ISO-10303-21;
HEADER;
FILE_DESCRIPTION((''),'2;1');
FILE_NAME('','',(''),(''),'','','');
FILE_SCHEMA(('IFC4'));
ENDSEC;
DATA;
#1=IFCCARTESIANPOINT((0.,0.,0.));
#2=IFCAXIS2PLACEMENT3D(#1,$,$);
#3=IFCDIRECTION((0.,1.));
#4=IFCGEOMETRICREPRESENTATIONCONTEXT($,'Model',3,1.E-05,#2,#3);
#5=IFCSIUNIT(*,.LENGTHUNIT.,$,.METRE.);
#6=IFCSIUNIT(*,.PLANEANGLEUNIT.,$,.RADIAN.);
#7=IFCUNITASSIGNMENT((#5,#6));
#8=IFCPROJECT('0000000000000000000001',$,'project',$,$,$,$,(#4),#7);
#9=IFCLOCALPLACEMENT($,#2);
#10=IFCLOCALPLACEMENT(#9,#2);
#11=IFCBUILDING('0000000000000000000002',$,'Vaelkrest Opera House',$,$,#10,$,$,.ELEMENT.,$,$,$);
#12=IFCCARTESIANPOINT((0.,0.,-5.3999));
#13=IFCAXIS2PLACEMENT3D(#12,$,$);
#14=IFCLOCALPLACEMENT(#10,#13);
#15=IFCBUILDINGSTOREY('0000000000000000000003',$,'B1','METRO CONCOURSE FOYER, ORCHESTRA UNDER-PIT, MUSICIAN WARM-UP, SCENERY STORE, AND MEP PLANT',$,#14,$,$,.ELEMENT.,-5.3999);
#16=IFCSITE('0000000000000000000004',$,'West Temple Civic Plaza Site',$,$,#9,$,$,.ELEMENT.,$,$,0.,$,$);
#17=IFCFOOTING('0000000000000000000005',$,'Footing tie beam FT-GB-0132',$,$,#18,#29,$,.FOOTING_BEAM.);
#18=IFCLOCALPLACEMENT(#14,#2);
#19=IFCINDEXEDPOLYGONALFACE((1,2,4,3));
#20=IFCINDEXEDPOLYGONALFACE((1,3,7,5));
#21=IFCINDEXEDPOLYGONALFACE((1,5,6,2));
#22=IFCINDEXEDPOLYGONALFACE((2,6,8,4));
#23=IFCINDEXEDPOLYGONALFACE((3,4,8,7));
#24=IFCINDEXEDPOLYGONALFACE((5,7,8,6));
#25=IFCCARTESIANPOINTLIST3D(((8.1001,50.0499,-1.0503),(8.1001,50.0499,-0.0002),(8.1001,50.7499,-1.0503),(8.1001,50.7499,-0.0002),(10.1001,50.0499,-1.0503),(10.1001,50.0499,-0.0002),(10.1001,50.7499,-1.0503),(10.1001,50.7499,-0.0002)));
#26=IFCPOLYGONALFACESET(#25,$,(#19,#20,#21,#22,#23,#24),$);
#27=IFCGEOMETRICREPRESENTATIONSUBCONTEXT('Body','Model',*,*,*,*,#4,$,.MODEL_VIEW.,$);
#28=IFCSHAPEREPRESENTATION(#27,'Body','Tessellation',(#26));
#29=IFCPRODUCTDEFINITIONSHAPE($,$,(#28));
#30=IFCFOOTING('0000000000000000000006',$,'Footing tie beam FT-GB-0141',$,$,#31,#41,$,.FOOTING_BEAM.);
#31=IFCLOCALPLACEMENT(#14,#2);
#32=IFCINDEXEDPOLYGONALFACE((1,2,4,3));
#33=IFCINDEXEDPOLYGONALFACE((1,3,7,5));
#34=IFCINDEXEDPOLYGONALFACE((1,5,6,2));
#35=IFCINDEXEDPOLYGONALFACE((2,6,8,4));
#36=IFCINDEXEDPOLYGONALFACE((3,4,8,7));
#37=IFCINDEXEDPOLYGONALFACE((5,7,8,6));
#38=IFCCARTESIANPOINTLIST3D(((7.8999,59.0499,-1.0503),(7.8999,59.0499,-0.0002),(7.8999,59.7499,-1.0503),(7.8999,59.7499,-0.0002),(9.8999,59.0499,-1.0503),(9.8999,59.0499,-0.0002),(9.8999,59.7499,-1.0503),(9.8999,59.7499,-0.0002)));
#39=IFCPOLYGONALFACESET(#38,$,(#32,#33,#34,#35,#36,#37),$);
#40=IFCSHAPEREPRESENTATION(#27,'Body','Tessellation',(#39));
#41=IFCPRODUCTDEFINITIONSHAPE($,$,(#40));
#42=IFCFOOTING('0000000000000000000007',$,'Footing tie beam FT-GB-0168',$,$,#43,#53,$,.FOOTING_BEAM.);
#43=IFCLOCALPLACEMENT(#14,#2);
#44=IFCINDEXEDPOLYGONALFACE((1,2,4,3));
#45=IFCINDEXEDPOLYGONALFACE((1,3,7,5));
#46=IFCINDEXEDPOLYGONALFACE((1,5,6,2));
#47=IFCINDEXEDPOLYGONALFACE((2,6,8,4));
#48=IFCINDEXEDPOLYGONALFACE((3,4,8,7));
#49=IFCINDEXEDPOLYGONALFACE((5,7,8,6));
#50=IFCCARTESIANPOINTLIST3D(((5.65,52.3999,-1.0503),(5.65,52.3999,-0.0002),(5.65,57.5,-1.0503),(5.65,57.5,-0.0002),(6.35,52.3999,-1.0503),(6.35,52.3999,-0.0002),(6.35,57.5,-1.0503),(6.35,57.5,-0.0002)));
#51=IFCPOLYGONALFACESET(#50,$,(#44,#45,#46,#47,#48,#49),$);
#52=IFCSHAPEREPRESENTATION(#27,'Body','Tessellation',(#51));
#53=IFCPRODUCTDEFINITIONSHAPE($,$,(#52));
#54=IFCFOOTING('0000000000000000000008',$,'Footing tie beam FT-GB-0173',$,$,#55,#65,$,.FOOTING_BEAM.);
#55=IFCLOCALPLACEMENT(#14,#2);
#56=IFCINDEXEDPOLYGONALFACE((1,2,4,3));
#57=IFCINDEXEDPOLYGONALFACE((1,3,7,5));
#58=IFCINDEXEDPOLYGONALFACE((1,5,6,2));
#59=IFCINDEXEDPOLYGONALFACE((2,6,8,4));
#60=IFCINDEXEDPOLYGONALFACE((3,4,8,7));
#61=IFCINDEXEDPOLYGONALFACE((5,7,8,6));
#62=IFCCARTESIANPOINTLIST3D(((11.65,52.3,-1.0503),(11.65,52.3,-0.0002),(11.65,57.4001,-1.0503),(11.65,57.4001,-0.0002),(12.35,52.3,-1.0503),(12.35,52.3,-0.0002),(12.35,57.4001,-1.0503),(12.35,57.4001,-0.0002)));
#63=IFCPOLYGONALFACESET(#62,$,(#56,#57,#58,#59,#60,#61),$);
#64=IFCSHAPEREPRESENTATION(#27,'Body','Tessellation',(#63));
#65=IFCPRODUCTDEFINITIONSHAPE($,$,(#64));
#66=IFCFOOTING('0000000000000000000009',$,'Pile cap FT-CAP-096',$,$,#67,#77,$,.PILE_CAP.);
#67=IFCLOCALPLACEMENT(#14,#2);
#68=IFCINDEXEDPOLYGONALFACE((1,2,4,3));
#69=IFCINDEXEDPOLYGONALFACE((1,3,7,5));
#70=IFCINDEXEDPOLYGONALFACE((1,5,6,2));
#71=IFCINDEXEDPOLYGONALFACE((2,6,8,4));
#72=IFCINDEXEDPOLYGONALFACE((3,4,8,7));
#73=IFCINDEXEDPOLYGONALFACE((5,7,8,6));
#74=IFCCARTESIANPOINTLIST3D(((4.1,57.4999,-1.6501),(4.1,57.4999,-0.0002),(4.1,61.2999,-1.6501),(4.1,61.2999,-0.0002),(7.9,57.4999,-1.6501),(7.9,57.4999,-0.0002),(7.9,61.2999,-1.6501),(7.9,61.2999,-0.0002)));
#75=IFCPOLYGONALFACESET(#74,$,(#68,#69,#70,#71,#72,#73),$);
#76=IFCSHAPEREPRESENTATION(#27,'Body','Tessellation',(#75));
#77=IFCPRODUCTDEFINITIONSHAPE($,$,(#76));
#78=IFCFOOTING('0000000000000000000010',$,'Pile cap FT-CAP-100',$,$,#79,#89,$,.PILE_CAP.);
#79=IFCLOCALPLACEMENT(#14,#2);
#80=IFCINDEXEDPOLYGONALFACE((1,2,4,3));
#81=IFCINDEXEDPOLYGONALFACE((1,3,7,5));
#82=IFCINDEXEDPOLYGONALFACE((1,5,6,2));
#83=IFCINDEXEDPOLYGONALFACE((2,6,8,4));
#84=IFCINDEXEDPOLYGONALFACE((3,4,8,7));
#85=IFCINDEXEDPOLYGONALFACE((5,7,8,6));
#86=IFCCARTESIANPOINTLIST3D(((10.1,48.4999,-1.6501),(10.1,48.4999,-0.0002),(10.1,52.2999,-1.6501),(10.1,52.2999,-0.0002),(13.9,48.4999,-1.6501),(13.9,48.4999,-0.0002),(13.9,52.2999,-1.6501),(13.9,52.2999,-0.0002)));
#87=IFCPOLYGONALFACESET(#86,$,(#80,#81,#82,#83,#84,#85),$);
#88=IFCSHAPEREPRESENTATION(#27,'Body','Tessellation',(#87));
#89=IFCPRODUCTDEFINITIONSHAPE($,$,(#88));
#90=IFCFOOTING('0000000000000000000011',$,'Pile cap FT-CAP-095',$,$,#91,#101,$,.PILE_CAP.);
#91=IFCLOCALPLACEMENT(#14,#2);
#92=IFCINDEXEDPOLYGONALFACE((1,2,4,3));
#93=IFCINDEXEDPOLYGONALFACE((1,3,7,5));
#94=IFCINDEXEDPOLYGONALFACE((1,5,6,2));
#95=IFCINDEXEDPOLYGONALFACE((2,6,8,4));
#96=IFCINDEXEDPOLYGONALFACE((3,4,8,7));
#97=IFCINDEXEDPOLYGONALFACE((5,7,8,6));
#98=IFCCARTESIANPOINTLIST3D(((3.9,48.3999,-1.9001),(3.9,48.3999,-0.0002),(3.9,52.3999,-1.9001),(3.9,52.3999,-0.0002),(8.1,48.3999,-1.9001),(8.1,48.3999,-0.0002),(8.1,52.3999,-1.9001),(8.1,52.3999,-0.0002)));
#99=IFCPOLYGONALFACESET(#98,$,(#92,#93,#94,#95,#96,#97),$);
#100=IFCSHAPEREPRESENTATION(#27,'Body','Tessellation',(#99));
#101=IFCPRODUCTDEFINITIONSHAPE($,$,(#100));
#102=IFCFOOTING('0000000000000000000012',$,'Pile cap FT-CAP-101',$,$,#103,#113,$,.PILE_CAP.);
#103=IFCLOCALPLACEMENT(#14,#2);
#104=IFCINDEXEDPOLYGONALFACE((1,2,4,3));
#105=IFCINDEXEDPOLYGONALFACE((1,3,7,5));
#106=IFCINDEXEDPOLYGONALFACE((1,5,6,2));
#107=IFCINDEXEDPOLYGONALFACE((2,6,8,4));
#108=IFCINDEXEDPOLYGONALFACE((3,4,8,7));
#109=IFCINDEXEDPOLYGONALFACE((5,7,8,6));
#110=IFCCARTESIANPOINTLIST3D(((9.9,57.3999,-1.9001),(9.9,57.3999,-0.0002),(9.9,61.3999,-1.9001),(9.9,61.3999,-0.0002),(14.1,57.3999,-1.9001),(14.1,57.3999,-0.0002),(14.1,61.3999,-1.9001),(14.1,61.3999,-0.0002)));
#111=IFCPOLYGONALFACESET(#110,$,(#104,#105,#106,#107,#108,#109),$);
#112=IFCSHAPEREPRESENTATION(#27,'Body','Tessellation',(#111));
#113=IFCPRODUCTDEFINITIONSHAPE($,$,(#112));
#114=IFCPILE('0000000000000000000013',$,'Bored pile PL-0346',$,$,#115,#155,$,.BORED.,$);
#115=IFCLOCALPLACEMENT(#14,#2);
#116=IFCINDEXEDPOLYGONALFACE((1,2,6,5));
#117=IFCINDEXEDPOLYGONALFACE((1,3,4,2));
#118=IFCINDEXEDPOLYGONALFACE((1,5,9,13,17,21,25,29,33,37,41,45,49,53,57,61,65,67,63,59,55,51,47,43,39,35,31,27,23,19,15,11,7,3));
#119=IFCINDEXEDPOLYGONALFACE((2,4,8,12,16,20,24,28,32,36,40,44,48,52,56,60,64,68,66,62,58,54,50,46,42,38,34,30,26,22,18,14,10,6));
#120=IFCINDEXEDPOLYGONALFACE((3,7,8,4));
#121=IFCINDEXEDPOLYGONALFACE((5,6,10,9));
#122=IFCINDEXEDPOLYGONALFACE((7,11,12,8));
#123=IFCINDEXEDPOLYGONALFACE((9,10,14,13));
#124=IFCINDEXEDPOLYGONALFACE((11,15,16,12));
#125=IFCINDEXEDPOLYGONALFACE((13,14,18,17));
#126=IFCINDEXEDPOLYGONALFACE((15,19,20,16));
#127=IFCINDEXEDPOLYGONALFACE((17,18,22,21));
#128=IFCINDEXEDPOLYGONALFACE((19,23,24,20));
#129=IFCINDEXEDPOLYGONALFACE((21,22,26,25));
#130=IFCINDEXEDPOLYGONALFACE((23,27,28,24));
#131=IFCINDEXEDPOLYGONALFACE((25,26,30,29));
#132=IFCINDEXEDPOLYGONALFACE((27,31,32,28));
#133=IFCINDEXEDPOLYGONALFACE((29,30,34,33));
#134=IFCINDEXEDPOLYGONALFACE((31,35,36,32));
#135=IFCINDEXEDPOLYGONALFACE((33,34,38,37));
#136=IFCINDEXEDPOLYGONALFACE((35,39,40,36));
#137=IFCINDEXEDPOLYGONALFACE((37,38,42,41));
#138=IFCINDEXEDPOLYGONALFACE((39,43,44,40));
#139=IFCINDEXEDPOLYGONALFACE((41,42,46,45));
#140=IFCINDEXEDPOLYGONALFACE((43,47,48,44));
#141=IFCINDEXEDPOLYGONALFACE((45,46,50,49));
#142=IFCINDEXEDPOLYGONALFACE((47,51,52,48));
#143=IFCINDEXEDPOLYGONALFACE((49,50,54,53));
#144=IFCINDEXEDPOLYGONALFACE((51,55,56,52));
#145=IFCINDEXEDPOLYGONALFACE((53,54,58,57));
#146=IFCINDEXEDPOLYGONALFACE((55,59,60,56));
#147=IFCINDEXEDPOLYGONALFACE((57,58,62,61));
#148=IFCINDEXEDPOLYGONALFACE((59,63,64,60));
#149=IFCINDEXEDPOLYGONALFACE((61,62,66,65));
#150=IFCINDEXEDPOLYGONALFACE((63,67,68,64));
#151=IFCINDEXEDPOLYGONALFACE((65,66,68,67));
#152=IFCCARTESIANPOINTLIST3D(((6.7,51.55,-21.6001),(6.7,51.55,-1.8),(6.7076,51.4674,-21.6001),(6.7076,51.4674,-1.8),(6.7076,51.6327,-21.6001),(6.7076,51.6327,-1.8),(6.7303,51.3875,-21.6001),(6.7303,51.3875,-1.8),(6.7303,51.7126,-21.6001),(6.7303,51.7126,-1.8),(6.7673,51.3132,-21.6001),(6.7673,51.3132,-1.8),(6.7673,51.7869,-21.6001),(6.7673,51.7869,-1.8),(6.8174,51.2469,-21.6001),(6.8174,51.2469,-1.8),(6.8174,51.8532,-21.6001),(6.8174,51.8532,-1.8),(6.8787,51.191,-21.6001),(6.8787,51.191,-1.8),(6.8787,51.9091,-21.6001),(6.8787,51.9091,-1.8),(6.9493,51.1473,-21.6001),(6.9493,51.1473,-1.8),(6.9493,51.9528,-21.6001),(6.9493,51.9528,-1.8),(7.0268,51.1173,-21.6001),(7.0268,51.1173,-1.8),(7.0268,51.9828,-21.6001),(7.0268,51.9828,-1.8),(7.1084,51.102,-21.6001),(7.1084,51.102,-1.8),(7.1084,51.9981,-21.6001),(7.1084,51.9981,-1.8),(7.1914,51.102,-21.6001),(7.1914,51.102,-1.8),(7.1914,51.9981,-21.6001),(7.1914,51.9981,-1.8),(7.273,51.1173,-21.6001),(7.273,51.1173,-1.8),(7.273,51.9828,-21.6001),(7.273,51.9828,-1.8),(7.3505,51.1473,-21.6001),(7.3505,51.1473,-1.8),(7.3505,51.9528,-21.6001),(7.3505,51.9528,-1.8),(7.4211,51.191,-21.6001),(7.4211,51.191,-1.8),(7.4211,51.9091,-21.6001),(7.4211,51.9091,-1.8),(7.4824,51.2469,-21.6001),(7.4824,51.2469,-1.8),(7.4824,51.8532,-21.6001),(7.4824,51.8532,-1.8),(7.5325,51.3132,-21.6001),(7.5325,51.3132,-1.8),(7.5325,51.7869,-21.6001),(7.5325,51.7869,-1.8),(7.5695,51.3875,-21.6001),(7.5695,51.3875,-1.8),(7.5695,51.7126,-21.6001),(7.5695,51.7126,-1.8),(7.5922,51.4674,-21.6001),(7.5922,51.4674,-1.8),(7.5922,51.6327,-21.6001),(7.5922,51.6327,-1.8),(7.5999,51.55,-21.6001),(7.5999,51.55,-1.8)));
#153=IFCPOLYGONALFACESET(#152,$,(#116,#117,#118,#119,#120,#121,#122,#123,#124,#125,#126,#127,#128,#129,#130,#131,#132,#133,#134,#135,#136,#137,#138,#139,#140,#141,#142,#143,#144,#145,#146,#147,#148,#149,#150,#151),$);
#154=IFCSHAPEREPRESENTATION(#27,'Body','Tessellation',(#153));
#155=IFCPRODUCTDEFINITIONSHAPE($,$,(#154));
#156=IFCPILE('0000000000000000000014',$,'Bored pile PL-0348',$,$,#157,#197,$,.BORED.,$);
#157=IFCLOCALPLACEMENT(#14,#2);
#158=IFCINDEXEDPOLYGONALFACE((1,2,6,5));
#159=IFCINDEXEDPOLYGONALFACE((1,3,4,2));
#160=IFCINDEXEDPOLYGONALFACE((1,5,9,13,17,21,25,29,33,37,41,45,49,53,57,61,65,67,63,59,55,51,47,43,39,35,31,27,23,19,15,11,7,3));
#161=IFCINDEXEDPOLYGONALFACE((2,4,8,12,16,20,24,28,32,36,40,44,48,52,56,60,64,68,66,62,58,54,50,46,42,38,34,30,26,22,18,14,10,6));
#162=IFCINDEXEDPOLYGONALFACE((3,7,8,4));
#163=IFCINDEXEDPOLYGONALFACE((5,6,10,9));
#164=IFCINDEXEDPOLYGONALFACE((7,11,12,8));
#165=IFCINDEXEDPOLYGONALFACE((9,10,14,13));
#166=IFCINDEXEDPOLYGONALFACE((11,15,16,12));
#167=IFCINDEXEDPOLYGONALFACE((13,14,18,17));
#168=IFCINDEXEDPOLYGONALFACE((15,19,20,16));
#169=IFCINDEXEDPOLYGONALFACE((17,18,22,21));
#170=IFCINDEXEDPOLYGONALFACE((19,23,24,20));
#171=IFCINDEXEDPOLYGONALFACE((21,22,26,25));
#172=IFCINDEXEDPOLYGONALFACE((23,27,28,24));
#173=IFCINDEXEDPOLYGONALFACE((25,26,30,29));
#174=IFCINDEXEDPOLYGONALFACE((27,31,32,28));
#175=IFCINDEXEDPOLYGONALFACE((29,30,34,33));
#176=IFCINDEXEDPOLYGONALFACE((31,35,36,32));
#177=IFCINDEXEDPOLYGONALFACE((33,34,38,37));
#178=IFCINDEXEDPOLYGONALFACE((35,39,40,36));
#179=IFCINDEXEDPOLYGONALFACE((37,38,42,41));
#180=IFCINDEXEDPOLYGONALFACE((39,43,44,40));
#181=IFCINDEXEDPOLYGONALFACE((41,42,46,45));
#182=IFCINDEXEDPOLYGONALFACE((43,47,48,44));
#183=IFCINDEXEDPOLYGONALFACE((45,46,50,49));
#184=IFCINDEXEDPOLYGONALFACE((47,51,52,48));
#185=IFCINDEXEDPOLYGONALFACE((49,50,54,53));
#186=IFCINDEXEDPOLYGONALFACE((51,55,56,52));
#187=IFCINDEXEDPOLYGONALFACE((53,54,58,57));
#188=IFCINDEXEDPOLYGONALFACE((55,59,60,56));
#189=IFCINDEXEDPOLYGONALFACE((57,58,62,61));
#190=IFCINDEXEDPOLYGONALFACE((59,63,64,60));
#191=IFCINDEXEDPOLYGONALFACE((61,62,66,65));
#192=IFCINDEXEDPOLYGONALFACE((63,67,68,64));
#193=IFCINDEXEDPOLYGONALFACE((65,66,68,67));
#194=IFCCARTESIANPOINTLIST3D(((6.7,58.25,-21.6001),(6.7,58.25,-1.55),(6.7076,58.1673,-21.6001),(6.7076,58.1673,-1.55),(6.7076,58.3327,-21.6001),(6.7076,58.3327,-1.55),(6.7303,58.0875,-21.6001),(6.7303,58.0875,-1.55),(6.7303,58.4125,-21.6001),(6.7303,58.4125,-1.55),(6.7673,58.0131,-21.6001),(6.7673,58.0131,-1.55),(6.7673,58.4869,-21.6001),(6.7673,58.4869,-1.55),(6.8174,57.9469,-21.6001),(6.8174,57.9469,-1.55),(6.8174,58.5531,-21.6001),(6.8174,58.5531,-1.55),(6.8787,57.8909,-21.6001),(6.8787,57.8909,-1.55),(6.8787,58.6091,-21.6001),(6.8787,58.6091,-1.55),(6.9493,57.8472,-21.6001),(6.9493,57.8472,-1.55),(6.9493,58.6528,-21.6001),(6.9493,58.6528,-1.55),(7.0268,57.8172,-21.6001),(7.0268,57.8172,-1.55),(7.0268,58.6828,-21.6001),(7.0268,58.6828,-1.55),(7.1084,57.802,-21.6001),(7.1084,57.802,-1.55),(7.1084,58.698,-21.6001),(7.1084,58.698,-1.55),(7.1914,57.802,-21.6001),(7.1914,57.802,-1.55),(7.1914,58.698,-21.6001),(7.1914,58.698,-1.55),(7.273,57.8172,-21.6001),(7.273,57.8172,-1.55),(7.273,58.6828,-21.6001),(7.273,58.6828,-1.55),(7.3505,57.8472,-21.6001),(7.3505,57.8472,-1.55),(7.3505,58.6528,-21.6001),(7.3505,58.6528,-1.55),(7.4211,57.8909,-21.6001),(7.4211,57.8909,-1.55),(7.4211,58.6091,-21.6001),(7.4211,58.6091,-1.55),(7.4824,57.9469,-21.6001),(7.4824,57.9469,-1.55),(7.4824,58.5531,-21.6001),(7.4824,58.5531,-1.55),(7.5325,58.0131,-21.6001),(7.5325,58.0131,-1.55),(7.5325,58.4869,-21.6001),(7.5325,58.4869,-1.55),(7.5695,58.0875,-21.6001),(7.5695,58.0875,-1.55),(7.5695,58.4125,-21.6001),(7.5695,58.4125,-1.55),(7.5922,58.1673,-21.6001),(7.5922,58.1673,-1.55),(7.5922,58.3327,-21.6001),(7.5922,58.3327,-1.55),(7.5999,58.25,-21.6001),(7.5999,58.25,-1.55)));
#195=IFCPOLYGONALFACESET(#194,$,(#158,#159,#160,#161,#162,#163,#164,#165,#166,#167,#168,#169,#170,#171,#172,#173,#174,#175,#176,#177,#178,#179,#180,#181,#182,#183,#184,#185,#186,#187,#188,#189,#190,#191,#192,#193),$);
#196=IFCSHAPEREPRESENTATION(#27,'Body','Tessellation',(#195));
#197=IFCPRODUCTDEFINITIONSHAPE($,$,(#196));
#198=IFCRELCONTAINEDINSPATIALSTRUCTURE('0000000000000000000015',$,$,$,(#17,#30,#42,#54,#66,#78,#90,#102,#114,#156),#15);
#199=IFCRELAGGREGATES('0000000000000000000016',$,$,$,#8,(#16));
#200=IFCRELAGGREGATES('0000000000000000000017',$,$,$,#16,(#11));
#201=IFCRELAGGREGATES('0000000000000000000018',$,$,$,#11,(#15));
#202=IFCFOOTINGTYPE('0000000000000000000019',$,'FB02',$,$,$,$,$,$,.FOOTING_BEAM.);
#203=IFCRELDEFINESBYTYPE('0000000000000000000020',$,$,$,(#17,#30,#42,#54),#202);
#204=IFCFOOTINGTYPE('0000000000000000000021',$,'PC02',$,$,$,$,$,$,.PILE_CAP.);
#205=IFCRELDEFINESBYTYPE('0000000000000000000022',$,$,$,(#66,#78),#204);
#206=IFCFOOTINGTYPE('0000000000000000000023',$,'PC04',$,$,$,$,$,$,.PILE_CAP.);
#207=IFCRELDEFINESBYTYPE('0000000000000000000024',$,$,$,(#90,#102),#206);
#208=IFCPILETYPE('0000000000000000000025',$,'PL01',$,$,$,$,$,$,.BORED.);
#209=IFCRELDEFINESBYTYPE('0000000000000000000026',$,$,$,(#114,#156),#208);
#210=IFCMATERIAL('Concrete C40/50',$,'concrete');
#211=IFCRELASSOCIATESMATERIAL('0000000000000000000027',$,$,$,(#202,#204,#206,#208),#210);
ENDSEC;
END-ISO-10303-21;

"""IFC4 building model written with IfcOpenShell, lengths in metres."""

from ifc_helpers import new_model, si_unit, direction, frame, origin, origin_2d, place, context, subcontext, project, spatial, rectangle, circle, extrude, material, material_profile, profile_set, type_object, element, save


model = new_model("IFC4")

# Units and contexts
model_context = context("Model", 3, precision=1e-05, world=origin(), true_north=direction((0.0, 1.0)))
body_context = subcontext(model_context, "Body", "Model", "MODEL_VIEW")
ifc_project = project(units=[si_unit("LENGTHUNIT", "METRE"), si_unit("PLANEANGLEUNIT", "RADIAN")], contexts=[model_context])

# Site, building, storey
site_placement = place(None, origin())
site = spatial("IfcSite", under=ifc_project, at=site_placement, Name="West Temple Civic Plaza Site", CompositionType="ELEMENT", RefElevation=0.0)
building_placement = place(site_placement, origin())
building = spatial("IfcBuilding", under=site, at=building_placement, Name="Vaelkrest Opera House", CompositionType="ELEMENT")
storey_placement = place(building_placement, frame((0.0, 0.0, -5.3999)))
storey = spatial("IfcBuildingStorey", under=building, at=storey_placement, Name="B1", Description="METRO CONCOURSE FOYER, ORCHESTRA UNDER-PIT, MUSICIAN WARM-UP, SCENERY STORE, AND MEP PLANT", CompositionType="ELEMENT", Elevation=-5.3999)

# Footings
ifc_material_1 = material(Name="Concrete C40/50", Category="concrete")
footing_type_1 = type_object("IfcFootingType", Name="FB02", PredefinedType="FOOTING_BEAM", material=ifc_material_1)
for number, where, z_axis, x_axis, name in (
    (1, (9.1001, 50.3999, -1.0503), (0.0, 0.0, 1.0), (1.0, 0.0, 0.0), "Footing tie beam FT-GB-0132"),
    (2, (8.8999, 59.3999, -1.0503), (0.0, 0.0, 1.0), (1.0, 0.0, 0.0), "Footing tie beam FT-GB-0141"),
):
    element("IfcFooting", number, at=place(storey_placement, frame(where, z_axis=z_axis, x_axis=x_axis)), inside=storey, type_object=footing_type_1, Name=name, PredefinedType="FOOTING_BEAM", context=body_context, shape_type="SweptSolid", body=[
        extrude(rectangle(XDim=2.0, YDim=0.7, at=origin_2d()), origin(), (0.0, 0.0, 1.0), 1.05),
    ])
for number, where, z_axis, x_axis, name in (
    (3, (6.0, 54.95, -1.0503), (0.0, 0.0, 1.0), (0.0, 1.0, 0.0), "Footing tie beam FT-GB-0168"),
    (4, (12.0, 54.8501, -1.0503), (0.0, 0.0, 1.0), (0.0, 1.0, 0.0), "Footing tie beam FT-GB-0173"),
):
    element("IfcFooting", number, at=place(storey_placement, frame(where, z_axis=z_axis, x_axis=x_axis)), inside=storey, type_object=footing_type_1, Name=name, PredefinedType="FOOTING_BEAM", context=body_context, shape_type="SweptSolid", body=[
        extrude(rectangle(XDim=5.1001, YDim=0.7, at=origin_2d()), origin(), (0.0, 0.0, 1.0), 1.05),
    ])
footing_type_2 = type_object("IfcFootingType", Name="PC02", PredefinedType="PILE_CAP", material=ifc_material_1)
for number, where, z_axis, x_axis, name in (
    (5, (6.0, 59.3999, -1.6501), (0.0, 0.0, 1.0), (1.0, 0.0, 0.0), "Pile cap FT-CAP-096"),
    (6, (12.0, 50.3999, -1.6501), (0.0, 0.0, 1.0), (1.0, 0.0, 0.0), "Pile cap FT-CAP-100"),
):
    element("IfcFooting", number, at=place(storey_placement, frame(where, z_axis=z_axis, x_axis=x_axis)), inside=storey, type_object=footing_type_2, Name=name, PredefinedType="PILE_CAP", context=body_context, shape_type="SweptSolid", body=[
        extrude(rectangle(XDim=3.8, YDim=3.8, at=origin_2d()), origin(), (0.0, 0.0, 1.0), 1.6499),
    ])
footing_type_3 = type_object("IfcFootingType", Name="PC04", PredefinedType="PILE_CAP", material=ifc_material_1)
for number, where, z_axis, x_axis, name in (
    (7, (6.0, 50.3999, -1.9001), (0.0, 0.0, 1.0), (1.0, 0.0, 0.0), "Pile cap FT-CAP-095"),
    (8, (12.0, 59.3999, -1.9001), (0.0, 0.0, 1.0), (1.0, 0.0, 0.0), "Pile cap FT-CAP-101"),
):
    element("IfcFooting", number, at=place(storey_placement, frame(where, z_axis=z_axis, x_axis=x_axis)), inside=storey, type_object=footing_type_3, Name=name, PredefinedType="PILE_CAP", context=body_context, shape_type="SweptSolid", body=[
        extrude(rectangle(XDim=4.2, YDim=4.0, at=origin_2d()), origin(), (0.0, 0.0, 1.0), 1.8999),
    ])

# Piles
ifc_material_profile_1 = material_profile(ifc_material_1, circle(Radius=0.45, at=origin_2d()), Name="PILE900")
ifc_profile_set_1 = profile_set([ifc_material_profile_1], Name="Concrete C40/50")
pile_type = type_object("IfcPileType", Name="PL01", PredefinedType="BORED", material=ifc_profile_set_1)
pile_placement = place(storey_placement, frame((7.1499, 51.55, -1.8), z_axis=(0.0, 0.0, -1.0), x_axis=(1.0, 0.0, 0.0)))
element("IfcPile", 9, at=pile_placement, inside=storey, type_object=pile_type, Name="Bored pile PL-0346", PredefinedType="BORED", context=body_context, shape_type="SweptSolid", body=[
    extrude(circle(Radius=0.45, at=origin_2d()), origin(), (0.0, 0.0, 1.0), 19.8),
])
for number, where, z_axis, x_axis, name in (
    (10, (7.1499, 58.25, -1.55), (0.0, 0.0, -1.0), (1.0, 0.0, 0.0), "Bored pile PL-0348"),
):
    element("IfcPile", number, at=place(storey_placement, frame(where, z_axis=z_axis, x_axis=x_axis)), inside=storey, type_object=pile_type, Name=name, PredefinedType="BORED", context=body_context, shape_type="SweptSolid", body=[
        extrude(circle(Radius=0.45, at=origin_2d()), origin(), (0.0, 0.0, 1.0), 20.05),
    ])

save(model, "model.ifc")
